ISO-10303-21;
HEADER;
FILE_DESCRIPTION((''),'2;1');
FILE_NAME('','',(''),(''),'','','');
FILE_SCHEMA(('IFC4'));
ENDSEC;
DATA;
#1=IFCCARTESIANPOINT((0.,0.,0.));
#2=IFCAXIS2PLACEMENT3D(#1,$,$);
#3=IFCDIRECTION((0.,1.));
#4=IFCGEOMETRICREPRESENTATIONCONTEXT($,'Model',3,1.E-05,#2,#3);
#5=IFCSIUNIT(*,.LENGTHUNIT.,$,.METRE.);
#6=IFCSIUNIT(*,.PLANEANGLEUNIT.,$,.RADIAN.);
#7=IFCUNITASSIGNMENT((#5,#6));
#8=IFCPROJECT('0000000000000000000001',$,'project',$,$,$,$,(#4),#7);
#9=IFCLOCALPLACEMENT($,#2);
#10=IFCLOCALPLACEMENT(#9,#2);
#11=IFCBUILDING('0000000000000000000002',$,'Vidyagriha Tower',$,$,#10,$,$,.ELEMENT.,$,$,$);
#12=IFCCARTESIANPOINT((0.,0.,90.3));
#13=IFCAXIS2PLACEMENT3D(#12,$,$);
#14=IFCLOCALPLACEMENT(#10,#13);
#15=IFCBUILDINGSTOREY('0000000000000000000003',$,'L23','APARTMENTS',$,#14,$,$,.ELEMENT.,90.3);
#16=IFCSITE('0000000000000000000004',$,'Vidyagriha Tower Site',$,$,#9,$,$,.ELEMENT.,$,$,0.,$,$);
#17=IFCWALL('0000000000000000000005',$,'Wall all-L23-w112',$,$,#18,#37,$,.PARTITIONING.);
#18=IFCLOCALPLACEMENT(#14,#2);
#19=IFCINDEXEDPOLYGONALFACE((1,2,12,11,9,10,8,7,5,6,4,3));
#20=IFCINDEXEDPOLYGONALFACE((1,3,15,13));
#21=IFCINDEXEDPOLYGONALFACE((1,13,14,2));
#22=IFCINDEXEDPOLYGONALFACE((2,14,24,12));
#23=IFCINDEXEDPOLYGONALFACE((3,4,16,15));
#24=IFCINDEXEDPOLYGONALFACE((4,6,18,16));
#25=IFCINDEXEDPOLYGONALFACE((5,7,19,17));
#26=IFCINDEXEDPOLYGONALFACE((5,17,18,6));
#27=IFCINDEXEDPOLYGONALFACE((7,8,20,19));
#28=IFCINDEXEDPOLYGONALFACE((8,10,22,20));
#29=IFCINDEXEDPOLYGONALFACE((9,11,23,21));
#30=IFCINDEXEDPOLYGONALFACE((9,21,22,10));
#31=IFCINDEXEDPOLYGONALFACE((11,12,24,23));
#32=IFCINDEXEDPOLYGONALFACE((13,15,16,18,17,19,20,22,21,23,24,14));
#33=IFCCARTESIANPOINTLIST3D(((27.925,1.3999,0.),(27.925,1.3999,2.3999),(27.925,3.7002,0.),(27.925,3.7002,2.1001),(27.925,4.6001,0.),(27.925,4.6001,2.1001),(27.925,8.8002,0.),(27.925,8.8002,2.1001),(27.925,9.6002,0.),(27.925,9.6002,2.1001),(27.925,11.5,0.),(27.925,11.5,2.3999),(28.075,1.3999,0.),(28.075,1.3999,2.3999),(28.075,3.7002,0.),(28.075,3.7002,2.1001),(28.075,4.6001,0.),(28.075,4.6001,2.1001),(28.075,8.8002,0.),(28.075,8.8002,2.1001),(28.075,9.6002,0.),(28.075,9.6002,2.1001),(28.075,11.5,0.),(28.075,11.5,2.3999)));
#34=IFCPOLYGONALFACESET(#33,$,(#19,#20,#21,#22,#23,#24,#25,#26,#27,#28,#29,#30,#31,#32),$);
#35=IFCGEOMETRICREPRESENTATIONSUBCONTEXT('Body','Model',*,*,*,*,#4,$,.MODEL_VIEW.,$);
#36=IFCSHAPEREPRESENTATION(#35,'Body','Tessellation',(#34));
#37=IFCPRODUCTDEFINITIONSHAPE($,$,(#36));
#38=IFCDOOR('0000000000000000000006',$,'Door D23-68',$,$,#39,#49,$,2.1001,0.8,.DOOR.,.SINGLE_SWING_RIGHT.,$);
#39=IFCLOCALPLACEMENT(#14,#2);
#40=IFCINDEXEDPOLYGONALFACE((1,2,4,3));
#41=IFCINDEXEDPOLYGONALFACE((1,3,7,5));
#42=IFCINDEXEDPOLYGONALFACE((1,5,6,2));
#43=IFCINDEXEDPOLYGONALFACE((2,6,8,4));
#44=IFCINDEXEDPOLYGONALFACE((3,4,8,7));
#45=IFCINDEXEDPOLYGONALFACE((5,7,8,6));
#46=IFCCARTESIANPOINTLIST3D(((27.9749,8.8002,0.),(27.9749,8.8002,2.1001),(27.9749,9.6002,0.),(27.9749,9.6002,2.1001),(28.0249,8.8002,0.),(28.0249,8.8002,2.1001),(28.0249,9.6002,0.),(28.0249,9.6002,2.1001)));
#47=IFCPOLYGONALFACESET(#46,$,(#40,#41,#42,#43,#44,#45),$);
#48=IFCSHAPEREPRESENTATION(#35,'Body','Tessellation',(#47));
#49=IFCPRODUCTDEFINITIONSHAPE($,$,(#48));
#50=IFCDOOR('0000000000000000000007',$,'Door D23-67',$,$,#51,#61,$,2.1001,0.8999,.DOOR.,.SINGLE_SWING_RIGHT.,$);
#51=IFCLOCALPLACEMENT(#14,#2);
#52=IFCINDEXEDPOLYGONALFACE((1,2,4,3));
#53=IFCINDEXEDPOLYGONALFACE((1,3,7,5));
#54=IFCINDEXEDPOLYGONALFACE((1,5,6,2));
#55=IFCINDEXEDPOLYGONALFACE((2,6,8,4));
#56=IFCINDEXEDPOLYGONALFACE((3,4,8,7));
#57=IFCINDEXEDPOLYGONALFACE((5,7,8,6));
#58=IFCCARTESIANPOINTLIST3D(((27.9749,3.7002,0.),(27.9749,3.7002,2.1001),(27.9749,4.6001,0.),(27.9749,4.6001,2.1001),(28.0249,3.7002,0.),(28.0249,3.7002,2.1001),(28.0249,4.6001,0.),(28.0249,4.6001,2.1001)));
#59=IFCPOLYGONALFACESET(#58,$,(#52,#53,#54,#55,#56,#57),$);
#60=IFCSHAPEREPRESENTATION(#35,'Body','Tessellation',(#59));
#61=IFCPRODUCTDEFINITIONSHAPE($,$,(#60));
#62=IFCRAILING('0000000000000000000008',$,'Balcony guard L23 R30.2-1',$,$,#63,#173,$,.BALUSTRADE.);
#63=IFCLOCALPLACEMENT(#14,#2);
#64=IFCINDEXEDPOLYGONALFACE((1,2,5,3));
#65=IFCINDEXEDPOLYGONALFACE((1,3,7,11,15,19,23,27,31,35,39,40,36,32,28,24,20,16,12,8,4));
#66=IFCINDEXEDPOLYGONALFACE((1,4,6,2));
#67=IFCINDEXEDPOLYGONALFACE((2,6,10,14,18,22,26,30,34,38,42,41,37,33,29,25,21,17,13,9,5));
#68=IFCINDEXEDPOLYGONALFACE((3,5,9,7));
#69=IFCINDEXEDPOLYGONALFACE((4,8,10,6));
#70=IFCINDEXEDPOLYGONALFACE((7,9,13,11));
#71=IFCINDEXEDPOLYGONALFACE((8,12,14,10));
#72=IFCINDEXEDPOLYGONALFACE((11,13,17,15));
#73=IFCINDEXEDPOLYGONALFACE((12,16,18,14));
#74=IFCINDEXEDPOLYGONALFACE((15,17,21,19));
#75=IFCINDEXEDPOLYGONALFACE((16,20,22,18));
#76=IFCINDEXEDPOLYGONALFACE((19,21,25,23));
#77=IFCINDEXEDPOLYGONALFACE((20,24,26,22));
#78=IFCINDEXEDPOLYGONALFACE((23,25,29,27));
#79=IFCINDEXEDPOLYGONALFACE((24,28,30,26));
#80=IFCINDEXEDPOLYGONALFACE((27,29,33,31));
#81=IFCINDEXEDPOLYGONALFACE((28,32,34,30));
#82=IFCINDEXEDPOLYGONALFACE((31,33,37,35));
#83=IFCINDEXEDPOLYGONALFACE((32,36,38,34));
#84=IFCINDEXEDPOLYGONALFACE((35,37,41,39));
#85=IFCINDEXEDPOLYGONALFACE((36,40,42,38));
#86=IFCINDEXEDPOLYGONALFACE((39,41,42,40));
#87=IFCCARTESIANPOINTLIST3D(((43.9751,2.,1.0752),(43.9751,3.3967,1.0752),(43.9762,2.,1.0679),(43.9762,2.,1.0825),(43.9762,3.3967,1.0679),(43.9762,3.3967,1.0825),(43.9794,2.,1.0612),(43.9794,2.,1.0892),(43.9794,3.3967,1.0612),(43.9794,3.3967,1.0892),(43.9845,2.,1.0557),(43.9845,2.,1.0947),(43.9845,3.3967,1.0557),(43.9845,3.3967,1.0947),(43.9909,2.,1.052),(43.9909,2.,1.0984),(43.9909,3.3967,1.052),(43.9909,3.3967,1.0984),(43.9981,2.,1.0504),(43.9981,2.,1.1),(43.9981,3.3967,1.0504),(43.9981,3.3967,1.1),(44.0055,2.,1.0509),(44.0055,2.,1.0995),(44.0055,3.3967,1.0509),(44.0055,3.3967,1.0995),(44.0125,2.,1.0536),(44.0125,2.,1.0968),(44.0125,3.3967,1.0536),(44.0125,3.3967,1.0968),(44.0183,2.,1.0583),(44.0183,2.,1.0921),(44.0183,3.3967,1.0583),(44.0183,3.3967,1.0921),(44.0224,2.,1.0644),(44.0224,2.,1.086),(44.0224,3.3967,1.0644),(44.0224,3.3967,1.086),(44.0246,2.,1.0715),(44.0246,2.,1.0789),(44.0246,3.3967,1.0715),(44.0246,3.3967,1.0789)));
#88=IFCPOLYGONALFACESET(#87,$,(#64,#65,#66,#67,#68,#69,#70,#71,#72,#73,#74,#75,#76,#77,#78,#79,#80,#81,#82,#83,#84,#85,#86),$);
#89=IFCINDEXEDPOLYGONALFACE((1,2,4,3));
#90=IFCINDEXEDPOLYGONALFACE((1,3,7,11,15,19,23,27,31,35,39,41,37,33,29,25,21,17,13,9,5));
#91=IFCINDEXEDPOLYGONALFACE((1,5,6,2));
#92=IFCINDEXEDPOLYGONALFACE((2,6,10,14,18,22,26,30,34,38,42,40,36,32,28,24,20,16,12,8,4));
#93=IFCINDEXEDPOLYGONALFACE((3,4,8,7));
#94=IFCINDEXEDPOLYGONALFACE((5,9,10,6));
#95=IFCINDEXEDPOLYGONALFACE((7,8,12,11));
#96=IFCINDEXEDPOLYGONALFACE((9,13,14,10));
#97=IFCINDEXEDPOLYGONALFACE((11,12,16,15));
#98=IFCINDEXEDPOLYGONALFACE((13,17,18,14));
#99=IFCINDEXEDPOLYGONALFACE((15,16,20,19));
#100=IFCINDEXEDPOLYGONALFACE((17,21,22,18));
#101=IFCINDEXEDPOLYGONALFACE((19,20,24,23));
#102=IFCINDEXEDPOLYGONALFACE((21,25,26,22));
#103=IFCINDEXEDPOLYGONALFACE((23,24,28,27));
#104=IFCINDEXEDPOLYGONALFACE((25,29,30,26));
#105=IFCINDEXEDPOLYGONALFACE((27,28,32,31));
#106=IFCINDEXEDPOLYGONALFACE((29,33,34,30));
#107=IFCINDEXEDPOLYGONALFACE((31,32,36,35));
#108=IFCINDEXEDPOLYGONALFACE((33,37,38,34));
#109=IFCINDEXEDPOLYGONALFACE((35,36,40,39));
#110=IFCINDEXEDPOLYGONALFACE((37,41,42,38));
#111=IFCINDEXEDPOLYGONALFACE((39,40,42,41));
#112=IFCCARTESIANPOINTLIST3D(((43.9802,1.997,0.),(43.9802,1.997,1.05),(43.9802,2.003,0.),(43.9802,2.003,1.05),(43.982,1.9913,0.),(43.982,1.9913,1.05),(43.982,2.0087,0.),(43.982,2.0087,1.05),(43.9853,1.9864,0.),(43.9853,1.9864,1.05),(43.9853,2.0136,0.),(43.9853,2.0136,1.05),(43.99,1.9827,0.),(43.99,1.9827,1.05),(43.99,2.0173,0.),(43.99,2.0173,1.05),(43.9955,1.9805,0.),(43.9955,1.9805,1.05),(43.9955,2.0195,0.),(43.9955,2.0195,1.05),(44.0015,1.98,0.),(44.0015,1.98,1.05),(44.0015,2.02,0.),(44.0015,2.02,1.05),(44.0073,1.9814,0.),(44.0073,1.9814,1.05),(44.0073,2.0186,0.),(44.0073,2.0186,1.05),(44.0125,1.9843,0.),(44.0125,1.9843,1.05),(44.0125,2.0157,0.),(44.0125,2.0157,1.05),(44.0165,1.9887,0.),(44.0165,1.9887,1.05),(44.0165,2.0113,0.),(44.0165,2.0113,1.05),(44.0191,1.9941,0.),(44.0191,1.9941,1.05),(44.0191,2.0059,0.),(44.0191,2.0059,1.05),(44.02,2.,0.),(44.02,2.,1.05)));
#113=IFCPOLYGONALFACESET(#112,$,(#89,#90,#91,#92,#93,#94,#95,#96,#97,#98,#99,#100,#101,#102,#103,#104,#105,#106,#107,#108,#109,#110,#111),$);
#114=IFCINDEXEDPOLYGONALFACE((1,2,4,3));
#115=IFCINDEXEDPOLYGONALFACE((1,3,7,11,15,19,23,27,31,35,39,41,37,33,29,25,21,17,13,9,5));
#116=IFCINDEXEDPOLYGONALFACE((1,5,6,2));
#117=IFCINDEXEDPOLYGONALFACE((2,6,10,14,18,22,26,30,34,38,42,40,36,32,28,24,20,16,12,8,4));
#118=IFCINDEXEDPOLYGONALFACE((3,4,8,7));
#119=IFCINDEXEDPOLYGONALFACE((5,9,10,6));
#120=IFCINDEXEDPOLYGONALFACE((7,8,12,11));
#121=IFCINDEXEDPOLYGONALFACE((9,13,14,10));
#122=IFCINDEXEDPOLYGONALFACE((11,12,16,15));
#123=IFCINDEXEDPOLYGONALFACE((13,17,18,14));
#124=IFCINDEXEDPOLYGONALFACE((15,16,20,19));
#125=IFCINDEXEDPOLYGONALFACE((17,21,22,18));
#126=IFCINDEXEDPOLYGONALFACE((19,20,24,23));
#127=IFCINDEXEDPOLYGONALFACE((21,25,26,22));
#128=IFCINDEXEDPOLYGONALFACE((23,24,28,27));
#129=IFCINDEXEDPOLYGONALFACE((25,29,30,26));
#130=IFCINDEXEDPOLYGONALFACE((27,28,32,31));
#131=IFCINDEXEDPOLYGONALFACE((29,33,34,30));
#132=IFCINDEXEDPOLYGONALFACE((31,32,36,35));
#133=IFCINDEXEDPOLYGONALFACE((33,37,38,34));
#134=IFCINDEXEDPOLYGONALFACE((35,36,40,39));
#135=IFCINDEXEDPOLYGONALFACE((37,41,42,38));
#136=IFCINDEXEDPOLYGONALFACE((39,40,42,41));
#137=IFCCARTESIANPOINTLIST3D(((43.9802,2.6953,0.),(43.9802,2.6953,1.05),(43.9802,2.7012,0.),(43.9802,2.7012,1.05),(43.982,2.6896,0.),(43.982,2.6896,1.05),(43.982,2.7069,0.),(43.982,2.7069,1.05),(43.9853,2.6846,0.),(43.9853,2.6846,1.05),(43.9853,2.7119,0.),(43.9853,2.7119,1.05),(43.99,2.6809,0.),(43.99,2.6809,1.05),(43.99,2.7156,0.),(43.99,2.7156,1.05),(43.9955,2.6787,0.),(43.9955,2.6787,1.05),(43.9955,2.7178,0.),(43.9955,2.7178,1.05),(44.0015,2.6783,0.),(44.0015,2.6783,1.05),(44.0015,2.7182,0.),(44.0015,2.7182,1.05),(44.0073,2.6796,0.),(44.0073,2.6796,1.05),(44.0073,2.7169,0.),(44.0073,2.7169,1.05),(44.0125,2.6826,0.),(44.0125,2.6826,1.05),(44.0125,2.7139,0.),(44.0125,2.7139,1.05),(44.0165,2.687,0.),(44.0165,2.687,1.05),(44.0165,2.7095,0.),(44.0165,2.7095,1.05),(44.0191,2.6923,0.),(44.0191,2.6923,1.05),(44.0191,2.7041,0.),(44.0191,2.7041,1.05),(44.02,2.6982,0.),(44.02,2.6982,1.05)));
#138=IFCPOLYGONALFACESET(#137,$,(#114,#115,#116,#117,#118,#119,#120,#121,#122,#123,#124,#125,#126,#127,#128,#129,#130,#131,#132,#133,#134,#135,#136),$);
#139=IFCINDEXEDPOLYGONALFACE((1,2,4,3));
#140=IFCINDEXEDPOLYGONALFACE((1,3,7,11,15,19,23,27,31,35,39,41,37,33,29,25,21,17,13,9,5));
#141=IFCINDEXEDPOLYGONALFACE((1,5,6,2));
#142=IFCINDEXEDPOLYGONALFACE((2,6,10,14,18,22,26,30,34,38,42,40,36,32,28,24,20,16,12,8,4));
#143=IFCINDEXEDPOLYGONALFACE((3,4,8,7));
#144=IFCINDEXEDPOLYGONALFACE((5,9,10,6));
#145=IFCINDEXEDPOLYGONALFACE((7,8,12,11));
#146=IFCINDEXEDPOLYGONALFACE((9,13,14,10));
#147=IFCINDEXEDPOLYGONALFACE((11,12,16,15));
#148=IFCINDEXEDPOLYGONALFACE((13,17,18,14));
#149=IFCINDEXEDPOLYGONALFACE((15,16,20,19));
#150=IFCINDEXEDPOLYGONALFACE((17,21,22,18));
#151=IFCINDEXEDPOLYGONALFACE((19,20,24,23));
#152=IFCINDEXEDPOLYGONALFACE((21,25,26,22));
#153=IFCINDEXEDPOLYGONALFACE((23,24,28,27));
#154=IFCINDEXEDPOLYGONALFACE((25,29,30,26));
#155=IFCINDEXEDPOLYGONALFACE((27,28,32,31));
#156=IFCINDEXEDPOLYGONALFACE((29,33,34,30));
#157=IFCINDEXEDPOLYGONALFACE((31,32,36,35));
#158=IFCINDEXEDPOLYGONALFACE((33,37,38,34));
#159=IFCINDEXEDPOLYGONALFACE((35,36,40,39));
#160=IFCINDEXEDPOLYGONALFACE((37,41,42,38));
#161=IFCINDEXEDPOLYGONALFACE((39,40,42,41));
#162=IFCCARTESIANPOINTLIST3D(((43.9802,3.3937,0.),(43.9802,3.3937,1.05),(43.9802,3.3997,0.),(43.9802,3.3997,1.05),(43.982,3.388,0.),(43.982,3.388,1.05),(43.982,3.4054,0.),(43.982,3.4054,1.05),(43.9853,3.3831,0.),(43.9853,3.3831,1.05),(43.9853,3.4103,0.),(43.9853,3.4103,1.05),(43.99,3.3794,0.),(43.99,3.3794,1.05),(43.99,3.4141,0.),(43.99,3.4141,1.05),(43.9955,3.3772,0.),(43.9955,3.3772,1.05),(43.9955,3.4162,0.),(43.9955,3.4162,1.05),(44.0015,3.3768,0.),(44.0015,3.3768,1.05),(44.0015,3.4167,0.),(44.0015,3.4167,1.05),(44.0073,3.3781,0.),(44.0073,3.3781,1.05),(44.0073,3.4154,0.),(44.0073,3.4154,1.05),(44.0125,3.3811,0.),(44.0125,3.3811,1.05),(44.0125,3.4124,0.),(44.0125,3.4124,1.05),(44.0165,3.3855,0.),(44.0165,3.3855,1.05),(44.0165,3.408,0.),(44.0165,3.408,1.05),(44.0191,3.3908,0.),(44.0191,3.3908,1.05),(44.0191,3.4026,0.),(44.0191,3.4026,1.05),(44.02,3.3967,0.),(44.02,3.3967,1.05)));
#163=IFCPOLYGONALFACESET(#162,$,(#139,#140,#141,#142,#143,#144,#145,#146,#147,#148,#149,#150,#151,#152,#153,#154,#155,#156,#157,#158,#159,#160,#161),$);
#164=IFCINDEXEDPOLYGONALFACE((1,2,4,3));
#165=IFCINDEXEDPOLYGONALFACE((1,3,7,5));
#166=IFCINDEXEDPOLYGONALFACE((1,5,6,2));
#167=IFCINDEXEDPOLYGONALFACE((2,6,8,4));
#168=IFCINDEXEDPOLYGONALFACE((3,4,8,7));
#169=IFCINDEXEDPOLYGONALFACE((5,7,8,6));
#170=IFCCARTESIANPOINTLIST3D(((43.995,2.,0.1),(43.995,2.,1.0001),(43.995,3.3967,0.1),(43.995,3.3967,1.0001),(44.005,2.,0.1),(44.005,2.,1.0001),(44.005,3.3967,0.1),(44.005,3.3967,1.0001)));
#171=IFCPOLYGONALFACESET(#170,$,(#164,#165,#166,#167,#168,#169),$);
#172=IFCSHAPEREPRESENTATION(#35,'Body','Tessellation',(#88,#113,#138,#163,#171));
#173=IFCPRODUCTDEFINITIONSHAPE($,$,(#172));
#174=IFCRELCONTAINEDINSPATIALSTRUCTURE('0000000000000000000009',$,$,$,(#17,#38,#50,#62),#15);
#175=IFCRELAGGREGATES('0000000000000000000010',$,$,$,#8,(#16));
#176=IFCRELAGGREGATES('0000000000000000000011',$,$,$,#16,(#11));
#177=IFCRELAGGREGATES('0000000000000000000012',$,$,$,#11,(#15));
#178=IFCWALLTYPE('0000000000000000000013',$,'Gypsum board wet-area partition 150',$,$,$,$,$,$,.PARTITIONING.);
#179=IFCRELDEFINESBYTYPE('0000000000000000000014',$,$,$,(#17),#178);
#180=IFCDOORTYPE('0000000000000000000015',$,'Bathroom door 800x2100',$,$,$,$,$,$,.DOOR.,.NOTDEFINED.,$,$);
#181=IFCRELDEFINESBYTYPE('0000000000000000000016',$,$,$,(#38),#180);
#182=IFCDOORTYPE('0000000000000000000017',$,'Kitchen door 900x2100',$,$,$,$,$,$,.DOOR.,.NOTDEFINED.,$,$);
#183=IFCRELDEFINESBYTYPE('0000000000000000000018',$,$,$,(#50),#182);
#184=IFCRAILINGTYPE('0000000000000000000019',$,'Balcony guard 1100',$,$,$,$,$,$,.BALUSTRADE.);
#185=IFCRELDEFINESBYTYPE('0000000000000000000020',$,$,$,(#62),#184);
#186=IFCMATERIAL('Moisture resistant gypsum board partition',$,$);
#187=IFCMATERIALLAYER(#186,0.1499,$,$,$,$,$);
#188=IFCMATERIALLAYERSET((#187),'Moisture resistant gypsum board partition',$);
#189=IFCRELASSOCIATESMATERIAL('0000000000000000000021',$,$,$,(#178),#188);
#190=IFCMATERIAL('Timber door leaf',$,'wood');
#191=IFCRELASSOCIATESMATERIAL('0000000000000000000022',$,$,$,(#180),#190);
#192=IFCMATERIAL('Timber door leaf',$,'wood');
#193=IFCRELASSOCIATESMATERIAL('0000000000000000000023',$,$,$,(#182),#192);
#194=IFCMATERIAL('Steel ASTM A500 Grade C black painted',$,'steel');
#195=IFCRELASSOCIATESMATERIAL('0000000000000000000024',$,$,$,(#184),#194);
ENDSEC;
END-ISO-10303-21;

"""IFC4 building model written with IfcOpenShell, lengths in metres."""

from ifc_helpers import new_model, si_unit, direction, frame, frame_2d, origin, origin_2d, place, context, subcontext, project, spatial, rectangle, circle, extrude, material, layer, layer_set, type_object, element, fill, save


model = new_model("IFC4")

# Units and contexts
model_context = context("Model", 3, precision=1e-05, world=origin(), true_north=direction((0.0, 1.0)))
body_context = subcontext(model_context, "Body", "Model", "MODEL_VIEW")
ifc_project = project(units=[si_unit("LENGTHUNIT", "METRE"), si_unit("PLANEANGLEUNIT", "RADIAN")], contexts=[model_context])

# Site, building, storey
site_placement = place(None, origin())
site = spatial("IfcSite", under=ifc_project, at=site_placement, Name="Vidyagriha Tower Site", CompositionType="ELEMENT", RefElevation=0.0)
building_placement = place(site_placement, origin())
building = spatial("IfcBuilding", under=site, at=building_placement, Name="Vidyagriha Tower", CompositionType="ELEMENT")
storey_placement = place(building_placement, frame((0.0, 0.0, 90.3)))
storey = spatial("IfcBuildingStorey", under=building, at=storey_placement, Name="L23", Description="APARTMENTS", CompositionType="ELEMENT", Elevation=90.3)

# Wall, openings, doors
ifc_material_1 = material(Name="Moisture resistant gypsum board partition")
ifc_layer_1 = layer(ifc_material_1, 0.1499)
ifc_layer_set_1 = layer_set([ifc_layer_1], Name="Moisture resistant gypsum board partition")
wall_type_1 = type_object("IfcWallType", Name="Gypsum board wet-area partition 150", PredefinedType="PARTITIONING", material=ifc_layer_set_1)
wall_1_placement = place(storey_placement, frame((28.0, 11.5, 0.0), z_axis=(0.0, 0.0, 1.0), x_axis=(0.0, -1.0, 0.0)))
wall_1 = element("IfcWall", 1, at=wall_1_placement, inside=storey, type_object=wall_type_1, Name="Wall all-L23-w112", PredefinedType="PARTITIONING", context=body_context, shape_type="SweptSolid", body=[
    extrude(rectangle(XDim=10.1001, YDim=0.1499, at=frame_2d((5.05, 0.0))), origin(), (0.0, 0.0, 1.0), 2.3999),
])
opening_1_placement = place(wall_1_placement, frame((6.8999, 0.0, 0.0)))
opening_1 = element("IfcOpeningElement", 2, at=opening_1_placement, cuts=wall_1, PredefinedType="OPENING", context=body_context, shape_type="SweptSolid", body=[
    extrude(rectangle(XDim=0.8999, YDim=2.1001, at=frame_2d((0.45, 1.05))), frame((0.0, 0.085, 0.0), z_axis=(0.0, -1.0, 0.0), x_axis=(1.0, 0.0, 0.0)), (0.0, 0.0, 1.0), 0.1699),
])
opening_2_placement = place(wall_1_placement, frame((1.8999, 0.0, 0.0)))
opening_2 = element("IfcOpeningElement", 3, at=opening_2_placement, cuts=wall_1, PredefinedType="OPENING", context=body_context, shape_type="SweptSolid", body=[
    extrude(rectangle(XDim=0.8, YDim=2.1001, at=frame_2d((0.3999, 1.05))), frame((0.0, 0.085, 0.0), z_axis=(0.0, -1.0, 0.0), x_axis=(1.0, 0.0, 0.0)), (0.0, 0.0, 1.0), 0.1699),
])
ifc_material_2 = material(Name="Timber door leaf", Category="wood")
door_type_1 = type_object("IfcDoorType", Name="Bathroom door 800x2100", OperationType="NOTDEFINED", PredefinedType="DOOR", material=ifc_material_2)
door_1_placement = place(opening_2_placement, origin())
door_1 = element("IfcDoor", 4, at=door_1_placement, inside=storey, type_object=door_type_1, Name="Door D23-68", OperationType="SINGLE_SWING_RIGHT", OverallHeight=2.1001, OverallWidth=0.8, PredefinedType="DOOR", context=body_context, shape_type="SweptSolid", body=[
    extrude(rectangle(XDim=0.8, YDim=2.1001, at=frame_2d((0.3999, 1.05))), frame((0.0, 0.0249, 0.0), z_axis=(0.0, -1.0, 0.0), x_axis=(1.0, 0.0, 0.0)), (0.0, 0.0, 1.0), 0.05),
])
fill(opening_2, door_1)
ifc_material_3 = material(Name="Timber door leaf", Category="wood")
door_type_2 = type_object("IfcDoorType", Name="Kitchen door 900x2100", OperationType="NOTDEFINED", PredefinedType="DOOR", material=ifc_material_3)
door_2_placement = place(opening_1_placement, origin())
door_2 = element("IfcDoor", 5, at=door_2_placement, inside=storey, type_object=door_type_2, Name="Door D23-67", OperationType="SINGLE_SWING_RIGHT", OverallHeight=2.1001, OverallWidth=0.8999, PredefinedType="DOOR", context=body_context, shape_type="SweptSolid", body=[
    extrude(rectangle(XDim=0.8999, YDim=2.1001, at=frame_2d((0.45, 1.05))), frame((0.0, 0.0249, 0.0), z_axis=(0.0, -1.0, 0.0), x_axis=(1.0, 0.0, 0.0)), (0.0, 0.0, 1.0), 0.05),
])
fill(opening_1, door_2)

# Railing
ifc_material_4 = material(Name="Steel ASTM A500 Grade C black painted", Category="steel")
railing_type_1 = type_object("IfcRailingType", Name="Balcony guard 1100", PredefinedType="BALUSTRADE", material=ifc_material_4)
railing_1_placement = place(storey_placement, frame((44.0, 2.0, 0.0)))
element("IfcRailing", 6, at=railing_1_placement, inside=storey, type_object=railing_type_1, Name="Balcony guard L23 R30.2-1", PredefinedType="BALUSTRADE", context=body_context, shape_type="SweptSolid", body=[
    extrude(circle(Radius=0.0249, at=origin_2d()), frame((0.0, 0.0, 1.0752), z_axis=(0.0, 1.0, 0.0), x_axis=(-1.0, 0.0, 0.0)), (0.0, 0.0, 1.0), 1.3967),
    extrude(circle(Radius=0.02, at=origin_2d()), origin(), (0.0, 0.0, 1.0), 1.05),
    extrude(circle(Radius=0.02, at=origin_2d()), frame((0.0, 0.6982, 0.0)), (0.0, 0.0, 1.0), 1.05),
    extrude(circle(Radius=0.02, at=origin_2d()), frame((0.0, 1.3967, 0.0)), (0.0, 0.0, 1.0), 1.05),
    extrude(rectangle(XDim=0.01, YDim=0.9001, at=origin_2d()), frame((0.0, 0.0, 0.55), z_axis=(0.0, 1.0, 0.0), x_axis=(-1.0, 0.0, 0.0)), (0.0, 0.0, 1.0), 1.3967),
])

save(model, "model.ifc")
